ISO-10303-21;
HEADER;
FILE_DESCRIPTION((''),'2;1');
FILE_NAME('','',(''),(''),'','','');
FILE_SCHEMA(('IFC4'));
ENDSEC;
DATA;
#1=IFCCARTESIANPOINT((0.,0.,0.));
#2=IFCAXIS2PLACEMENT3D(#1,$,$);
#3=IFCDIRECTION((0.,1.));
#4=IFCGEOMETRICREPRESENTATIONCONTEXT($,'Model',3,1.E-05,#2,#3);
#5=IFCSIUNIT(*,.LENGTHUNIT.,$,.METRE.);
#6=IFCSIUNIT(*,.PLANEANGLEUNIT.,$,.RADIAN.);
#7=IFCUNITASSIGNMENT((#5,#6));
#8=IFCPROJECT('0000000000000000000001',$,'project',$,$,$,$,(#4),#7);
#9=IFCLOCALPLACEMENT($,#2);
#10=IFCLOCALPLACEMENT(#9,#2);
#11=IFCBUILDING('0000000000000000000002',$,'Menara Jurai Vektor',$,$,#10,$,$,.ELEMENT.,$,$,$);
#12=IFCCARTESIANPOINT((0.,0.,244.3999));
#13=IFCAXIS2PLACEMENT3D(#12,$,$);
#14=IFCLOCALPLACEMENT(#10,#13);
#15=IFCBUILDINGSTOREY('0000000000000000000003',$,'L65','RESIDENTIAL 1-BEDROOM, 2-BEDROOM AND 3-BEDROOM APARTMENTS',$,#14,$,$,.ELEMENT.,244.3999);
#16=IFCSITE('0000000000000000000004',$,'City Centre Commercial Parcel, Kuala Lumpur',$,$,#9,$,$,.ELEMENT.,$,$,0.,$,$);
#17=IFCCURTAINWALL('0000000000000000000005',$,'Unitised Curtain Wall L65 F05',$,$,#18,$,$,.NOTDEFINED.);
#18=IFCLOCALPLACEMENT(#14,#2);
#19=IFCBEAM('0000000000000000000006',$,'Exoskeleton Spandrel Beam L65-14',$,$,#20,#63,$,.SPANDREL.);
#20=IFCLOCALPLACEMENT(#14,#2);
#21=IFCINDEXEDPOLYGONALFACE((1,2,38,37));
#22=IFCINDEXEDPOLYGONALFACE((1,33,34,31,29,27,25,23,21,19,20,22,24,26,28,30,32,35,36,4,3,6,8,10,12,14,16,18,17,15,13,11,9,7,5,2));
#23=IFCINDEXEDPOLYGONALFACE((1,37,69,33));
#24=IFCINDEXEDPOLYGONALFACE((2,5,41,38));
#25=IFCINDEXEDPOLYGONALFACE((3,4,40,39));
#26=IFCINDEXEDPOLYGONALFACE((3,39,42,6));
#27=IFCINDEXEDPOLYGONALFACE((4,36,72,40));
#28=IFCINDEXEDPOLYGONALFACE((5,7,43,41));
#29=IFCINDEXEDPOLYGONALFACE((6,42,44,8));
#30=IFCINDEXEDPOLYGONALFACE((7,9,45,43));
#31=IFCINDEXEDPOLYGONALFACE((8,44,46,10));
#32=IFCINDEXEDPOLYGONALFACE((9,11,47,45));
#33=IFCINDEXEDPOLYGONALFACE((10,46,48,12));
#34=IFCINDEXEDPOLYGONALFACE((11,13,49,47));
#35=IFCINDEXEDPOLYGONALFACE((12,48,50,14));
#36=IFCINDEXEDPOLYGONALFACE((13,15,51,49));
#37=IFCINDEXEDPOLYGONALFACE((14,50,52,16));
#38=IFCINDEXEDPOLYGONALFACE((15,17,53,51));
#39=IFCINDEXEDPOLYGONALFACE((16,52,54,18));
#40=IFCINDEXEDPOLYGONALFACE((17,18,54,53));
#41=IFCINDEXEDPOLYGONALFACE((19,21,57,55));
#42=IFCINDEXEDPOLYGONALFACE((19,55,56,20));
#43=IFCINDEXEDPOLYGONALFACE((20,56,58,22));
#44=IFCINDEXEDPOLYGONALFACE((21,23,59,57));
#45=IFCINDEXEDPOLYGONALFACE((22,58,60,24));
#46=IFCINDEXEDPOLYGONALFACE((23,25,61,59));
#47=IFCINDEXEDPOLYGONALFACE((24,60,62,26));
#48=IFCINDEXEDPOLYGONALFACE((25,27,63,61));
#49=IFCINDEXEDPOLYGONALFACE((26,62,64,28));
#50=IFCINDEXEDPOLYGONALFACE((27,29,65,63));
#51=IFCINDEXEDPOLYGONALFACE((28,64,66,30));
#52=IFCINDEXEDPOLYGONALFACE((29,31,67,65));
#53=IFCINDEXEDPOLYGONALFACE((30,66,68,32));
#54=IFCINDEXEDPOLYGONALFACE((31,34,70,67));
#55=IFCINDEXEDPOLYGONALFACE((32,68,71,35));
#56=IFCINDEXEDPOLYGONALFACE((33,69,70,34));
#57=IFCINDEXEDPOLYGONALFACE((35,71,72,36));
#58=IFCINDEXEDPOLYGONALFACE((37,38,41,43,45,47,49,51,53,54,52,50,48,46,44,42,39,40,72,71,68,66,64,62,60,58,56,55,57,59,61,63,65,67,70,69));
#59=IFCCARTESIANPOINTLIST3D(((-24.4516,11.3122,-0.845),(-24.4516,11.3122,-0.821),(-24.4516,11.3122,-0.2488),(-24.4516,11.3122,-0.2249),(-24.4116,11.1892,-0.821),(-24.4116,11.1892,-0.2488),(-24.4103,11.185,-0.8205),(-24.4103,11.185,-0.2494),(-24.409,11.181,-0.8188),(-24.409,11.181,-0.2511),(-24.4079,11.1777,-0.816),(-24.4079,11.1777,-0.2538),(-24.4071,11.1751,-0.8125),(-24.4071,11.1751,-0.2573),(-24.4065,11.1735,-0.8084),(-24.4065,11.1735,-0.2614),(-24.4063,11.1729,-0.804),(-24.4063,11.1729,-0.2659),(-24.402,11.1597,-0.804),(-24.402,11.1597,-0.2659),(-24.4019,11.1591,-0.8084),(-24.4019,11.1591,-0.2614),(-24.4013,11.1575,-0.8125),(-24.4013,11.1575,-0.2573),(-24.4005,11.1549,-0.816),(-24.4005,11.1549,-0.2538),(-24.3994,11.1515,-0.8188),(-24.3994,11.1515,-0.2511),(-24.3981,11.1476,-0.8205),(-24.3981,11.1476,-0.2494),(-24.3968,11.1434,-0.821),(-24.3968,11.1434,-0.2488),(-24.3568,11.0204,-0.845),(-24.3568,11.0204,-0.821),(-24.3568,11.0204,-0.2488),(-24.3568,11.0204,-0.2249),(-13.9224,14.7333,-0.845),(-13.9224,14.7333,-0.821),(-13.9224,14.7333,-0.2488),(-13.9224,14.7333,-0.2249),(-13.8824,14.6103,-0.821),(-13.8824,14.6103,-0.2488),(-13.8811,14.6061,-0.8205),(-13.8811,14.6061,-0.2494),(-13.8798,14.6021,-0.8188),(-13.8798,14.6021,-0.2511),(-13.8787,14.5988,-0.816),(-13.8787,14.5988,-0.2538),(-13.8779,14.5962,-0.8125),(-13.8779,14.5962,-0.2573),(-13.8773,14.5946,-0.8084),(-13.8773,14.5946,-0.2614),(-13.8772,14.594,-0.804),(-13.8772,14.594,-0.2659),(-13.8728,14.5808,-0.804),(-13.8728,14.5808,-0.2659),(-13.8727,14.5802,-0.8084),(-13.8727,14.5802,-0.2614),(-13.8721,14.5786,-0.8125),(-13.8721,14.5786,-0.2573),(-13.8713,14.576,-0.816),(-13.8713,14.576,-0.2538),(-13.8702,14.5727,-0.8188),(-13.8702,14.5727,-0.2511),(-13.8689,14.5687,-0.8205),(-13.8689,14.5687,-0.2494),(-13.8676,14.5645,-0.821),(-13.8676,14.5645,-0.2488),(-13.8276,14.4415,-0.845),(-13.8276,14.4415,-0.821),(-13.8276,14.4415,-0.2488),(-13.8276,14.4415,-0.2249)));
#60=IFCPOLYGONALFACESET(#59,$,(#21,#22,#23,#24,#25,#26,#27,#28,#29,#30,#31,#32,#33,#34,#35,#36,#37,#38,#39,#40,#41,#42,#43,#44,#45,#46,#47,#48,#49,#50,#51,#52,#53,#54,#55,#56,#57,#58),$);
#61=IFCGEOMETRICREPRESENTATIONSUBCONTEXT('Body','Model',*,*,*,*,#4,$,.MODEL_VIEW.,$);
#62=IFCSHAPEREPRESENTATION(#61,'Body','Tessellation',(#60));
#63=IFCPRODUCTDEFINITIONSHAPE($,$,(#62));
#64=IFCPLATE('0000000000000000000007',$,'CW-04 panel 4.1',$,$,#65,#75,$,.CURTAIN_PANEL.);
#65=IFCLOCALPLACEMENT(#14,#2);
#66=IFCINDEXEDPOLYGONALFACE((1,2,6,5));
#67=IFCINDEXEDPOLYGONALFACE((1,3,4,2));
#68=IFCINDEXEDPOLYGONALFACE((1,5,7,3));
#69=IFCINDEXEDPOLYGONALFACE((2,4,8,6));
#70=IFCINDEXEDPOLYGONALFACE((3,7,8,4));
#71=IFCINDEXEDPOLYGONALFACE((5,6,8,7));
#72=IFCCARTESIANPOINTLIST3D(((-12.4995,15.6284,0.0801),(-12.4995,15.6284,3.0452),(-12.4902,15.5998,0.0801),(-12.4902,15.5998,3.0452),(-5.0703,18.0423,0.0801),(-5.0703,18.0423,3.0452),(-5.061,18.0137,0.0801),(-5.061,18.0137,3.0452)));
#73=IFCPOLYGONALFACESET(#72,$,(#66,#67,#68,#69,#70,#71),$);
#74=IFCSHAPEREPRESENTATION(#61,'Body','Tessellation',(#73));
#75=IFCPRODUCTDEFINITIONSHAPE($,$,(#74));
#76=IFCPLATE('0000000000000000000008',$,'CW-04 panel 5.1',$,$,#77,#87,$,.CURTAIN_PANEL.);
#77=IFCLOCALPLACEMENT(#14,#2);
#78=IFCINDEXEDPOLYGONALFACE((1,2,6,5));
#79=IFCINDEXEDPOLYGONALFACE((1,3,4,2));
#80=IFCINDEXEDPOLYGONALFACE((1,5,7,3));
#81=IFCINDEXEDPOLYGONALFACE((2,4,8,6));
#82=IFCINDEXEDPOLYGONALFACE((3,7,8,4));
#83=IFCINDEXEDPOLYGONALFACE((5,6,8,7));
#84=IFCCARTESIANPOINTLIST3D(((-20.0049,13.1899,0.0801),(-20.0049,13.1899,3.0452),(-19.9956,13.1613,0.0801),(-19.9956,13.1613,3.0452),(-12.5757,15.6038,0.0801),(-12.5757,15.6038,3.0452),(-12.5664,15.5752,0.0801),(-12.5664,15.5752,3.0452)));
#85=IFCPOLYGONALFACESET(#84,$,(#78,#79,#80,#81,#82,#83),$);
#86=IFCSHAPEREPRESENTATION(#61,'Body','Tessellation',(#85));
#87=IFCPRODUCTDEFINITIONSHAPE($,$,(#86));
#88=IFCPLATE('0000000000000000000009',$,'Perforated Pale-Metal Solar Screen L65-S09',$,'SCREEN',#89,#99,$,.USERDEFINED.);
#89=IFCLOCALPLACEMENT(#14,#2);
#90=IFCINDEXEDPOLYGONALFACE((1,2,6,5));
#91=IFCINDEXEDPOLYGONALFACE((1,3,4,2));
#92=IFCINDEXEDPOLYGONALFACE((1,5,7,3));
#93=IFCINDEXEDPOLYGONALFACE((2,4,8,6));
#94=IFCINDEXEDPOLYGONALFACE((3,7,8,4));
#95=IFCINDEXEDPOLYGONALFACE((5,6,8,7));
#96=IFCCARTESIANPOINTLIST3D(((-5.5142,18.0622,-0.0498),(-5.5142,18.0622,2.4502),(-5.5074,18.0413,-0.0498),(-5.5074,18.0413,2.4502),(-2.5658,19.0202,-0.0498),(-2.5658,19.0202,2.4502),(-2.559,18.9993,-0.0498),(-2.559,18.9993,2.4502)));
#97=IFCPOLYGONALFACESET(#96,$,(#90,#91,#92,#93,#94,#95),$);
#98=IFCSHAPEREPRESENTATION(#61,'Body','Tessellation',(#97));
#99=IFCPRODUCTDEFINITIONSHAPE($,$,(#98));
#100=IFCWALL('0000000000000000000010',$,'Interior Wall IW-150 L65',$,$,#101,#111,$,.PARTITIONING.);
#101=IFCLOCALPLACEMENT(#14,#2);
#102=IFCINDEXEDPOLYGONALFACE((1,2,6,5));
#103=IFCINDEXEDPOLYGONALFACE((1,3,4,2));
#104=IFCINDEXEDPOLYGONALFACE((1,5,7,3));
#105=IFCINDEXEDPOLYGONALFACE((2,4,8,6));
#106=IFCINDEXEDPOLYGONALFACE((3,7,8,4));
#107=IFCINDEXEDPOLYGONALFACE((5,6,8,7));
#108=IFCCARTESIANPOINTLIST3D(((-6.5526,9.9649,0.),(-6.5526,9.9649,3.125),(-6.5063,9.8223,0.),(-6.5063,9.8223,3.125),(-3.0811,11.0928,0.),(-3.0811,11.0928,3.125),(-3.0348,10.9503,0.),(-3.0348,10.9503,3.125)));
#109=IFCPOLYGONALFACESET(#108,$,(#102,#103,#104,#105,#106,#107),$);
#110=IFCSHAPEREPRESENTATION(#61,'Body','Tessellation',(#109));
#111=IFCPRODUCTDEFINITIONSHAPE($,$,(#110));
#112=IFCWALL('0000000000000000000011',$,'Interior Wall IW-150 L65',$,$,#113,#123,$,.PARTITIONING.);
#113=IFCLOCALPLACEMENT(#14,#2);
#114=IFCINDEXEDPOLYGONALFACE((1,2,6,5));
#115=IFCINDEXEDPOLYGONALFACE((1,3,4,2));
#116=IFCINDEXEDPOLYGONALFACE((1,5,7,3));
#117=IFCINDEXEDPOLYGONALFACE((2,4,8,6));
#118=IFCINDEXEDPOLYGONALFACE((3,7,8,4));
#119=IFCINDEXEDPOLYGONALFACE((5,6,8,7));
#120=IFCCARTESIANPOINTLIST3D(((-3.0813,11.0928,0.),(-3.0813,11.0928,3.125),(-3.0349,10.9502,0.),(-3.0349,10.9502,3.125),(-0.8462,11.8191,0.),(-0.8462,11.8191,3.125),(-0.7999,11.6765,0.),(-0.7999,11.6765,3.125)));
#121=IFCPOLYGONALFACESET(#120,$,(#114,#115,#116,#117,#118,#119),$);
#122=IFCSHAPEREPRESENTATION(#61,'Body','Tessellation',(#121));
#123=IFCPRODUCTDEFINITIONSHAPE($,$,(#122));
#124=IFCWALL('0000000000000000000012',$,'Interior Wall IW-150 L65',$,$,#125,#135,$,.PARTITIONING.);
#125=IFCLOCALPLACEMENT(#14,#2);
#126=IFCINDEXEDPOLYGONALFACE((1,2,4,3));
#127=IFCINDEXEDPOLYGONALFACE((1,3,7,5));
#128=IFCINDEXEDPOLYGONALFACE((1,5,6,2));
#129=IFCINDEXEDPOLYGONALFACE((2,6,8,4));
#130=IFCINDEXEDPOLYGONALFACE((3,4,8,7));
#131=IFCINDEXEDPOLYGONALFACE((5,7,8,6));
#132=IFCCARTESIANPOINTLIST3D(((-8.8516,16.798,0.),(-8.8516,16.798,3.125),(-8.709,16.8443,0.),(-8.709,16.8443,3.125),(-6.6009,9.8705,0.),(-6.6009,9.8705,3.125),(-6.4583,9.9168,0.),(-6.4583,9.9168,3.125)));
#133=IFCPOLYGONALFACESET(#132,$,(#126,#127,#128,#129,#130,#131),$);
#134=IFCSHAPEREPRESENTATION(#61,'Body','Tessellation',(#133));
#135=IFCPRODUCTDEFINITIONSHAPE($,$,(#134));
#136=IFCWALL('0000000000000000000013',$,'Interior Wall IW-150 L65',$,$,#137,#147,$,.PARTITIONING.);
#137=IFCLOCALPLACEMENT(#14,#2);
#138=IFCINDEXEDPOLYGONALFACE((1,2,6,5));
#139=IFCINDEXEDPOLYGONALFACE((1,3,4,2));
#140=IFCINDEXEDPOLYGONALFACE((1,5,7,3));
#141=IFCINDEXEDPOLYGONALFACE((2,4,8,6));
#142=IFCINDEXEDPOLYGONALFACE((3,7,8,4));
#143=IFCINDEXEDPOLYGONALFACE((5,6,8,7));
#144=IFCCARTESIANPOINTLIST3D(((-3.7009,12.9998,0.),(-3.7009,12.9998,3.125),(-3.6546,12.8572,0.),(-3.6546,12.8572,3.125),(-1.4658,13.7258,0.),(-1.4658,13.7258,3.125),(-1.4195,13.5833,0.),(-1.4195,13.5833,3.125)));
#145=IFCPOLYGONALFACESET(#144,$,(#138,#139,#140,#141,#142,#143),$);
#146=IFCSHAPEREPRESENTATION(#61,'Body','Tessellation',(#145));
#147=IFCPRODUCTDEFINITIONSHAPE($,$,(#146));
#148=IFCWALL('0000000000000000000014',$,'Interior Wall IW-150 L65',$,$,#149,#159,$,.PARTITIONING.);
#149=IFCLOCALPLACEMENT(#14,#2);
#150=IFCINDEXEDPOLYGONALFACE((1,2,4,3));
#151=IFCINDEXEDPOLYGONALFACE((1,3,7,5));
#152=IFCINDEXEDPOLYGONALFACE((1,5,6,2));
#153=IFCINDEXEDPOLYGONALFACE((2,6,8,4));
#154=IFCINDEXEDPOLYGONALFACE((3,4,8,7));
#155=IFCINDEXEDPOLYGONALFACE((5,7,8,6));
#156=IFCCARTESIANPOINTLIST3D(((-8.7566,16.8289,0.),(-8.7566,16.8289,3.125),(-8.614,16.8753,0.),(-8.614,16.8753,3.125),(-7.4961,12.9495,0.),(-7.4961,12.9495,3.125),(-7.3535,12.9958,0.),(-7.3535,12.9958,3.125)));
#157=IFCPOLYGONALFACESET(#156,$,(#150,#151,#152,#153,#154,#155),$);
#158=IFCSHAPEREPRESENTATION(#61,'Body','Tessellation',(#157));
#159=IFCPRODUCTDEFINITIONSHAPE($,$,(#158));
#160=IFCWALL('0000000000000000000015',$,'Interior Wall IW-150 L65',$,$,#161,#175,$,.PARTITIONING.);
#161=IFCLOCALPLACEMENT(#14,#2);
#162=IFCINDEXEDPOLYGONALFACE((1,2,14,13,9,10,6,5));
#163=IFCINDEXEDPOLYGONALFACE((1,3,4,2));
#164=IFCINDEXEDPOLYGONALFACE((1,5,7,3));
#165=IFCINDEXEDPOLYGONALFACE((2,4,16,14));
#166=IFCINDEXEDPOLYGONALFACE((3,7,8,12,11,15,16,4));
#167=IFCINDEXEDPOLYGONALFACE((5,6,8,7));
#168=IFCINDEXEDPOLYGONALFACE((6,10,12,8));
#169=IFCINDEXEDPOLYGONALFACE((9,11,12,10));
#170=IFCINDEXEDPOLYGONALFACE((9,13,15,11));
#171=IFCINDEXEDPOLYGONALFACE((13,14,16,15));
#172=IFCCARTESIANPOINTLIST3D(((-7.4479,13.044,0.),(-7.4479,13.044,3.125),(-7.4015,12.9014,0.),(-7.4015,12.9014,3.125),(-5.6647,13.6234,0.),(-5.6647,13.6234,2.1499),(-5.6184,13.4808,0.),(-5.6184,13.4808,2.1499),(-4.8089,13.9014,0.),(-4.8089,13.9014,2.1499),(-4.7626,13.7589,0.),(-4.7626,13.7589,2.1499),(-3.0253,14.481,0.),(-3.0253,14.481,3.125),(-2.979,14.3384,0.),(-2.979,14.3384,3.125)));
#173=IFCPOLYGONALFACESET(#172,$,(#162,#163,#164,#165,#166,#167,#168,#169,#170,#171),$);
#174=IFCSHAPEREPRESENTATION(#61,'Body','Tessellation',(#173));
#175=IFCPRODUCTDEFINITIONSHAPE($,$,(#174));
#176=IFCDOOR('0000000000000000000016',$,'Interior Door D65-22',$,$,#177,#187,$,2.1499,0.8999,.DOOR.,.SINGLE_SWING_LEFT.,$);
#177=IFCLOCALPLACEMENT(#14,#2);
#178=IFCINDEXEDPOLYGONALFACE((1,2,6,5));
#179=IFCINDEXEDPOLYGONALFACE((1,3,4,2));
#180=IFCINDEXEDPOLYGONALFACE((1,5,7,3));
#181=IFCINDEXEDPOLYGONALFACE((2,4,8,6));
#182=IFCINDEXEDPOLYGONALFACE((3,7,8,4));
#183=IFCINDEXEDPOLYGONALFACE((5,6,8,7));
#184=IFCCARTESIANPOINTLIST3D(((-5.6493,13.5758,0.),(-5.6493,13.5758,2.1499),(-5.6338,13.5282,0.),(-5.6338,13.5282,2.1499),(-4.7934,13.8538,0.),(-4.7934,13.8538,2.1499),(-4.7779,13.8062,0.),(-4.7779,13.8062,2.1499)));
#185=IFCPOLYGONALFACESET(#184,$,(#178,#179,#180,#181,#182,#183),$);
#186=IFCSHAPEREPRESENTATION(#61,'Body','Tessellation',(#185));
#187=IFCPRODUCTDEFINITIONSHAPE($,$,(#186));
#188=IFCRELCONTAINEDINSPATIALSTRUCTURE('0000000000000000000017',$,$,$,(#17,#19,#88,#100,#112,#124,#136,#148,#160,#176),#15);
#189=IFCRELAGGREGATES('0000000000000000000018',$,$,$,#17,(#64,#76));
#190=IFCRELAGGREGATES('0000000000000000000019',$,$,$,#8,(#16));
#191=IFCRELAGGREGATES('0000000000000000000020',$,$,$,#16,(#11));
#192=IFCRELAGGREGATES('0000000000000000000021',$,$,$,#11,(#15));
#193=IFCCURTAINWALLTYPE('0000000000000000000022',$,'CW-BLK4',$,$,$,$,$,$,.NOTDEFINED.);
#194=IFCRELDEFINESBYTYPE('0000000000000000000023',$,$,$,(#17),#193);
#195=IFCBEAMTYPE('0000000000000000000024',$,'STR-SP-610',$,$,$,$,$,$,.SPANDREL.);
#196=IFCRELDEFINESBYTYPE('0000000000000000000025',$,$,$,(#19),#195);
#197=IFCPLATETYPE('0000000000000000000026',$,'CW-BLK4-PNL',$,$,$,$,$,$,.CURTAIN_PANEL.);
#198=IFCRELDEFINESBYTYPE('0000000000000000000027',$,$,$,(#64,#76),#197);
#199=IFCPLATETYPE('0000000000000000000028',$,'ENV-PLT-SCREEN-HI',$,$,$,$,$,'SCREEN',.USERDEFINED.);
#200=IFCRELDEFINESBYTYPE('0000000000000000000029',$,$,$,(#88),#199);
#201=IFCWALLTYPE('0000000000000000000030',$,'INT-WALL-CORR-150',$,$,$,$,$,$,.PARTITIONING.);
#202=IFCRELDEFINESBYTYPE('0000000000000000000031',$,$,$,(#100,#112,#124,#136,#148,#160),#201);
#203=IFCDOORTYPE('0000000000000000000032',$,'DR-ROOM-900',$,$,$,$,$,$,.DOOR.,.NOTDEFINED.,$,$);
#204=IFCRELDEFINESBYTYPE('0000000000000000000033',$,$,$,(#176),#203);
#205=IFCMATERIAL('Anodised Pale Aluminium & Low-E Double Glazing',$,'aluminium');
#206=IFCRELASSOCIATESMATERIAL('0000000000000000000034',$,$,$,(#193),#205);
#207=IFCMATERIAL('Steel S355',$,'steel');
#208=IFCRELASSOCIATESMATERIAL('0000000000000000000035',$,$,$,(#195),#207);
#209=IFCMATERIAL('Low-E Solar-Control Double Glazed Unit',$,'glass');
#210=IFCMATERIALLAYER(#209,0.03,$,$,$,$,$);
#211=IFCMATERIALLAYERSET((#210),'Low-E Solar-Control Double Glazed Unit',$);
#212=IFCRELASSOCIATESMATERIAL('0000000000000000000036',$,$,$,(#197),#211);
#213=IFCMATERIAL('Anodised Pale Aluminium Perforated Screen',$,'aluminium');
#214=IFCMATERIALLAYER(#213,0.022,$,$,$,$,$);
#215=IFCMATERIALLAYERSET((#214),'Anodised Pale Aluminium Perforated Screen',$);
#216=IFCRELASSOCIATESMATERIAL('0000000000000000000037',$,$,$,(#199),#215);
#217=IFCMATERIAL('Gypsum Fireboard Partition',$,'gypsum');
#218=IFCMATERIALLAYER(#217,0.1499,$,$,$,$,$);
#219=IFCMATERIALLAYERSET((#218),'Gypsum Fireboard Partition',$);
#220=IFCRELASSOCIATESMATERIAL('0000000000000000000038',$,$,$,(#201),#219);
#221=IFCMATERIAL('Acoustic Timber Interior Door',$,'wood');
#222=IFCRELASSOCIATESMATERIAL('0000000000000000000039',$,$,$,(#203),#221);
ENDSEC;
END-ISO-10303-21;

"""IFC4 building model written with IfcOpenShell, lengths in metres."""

from ifc_helpers import new_model, si_unit, direction, frame, frame_2d, origin, origin_2d, place, context, subcontext, project, spatial, rectangle, i_section, extrude, material, layer, layer_set, material_profile, profile_set, type_object, element, fill, aggregate, save


model = new_model("IFC4")

# Units and contexts
model_context = context("Model", 3, precision=1e-05, world=origin(), true_north=direction((0.0, 1.0)))
body_context = subcontext(model_context, "Body", "Model", "MODEL_VIEW")
ifc_project = project(units=[si_unit("LENGTHUNIT", "METRE"), si_unit("PLANEANGLEUNIT", "RADIAN")], contexts=[model_context])

# Site, building, storey
site_placement = place(None, origin())
site = spatial("IfcSite", under=ifc_project, at=site_placement, Name="City Centre Commercial Parcel, Kuala Lumpur", CompositionType="ELEMENT", RefElevation=0.0)
building_placement = place(site_placement, origin())
building = spatial("IfcBuilding", under=site, at=building_placement, Name="Menara Jurai Vektor", CompositionType="ELEMENT")
storey_placement = place(building_placement, frame((0.0, 0.0, 244.3999)))
storey = spatial("IfcBuildingStorey", under=building, at=storey_placement, Name="L65", Description="RESIDENTIAL 1-BEDROOM, 2-BEDROOM AND 3-BEDROOM APARTMENTS", CompositionType="ELEMENT", Elevation=244.3999)

# Curtain wall
ifc_material_1 = material(Name="Anodised Pale Aluminium & Low-E Double Glazing", Category="aluminium")
curtain_wall_type = type_object("IfcCurtainWallType", Name="CW-BLK4", PredefinedType="NOTDEFINED", material=ifc_material_1)
curtain_wall_placement = place(storey_placement, origin())
curtain_wall = element("IfcCurtainWall", 1, at=curtain_wall_placement, inside=storey, type_object=curtain_wall_type, Name="Unitised Curtain Wall L65 F05", PredefinedType="NOTDEFINED")

# Beam
ifc_material_2 = material(Name="Steel S355", Category="steel")
ifc_material_profile_1 = material_profile(ifc_material_2, i_section(OverallWidth=0.3069, OverallDepth=0.6201, WebThickness=0.0139, FlangeThickness=0.0239, FilletRadius=0.0171, at=origin_2d()), Name="UKB 610x305x179")
ifc_profile_set_1 = profile_set([ifc_material_profile_1], Name="Steel S355")
beam_type_1 = type_object("IfcBeamType", Name="STR-SP-610", PredefinedType="SPANDREL", material=ifc_profile_set_1)
for number, where, z_axis, x_axis, name in (
    (2, (-13.875, 14.5874, -0.5349), (-0.951057, -0.309014, 0.0), (0.309014, -0.951057, 0.0), "Exoskeleton Spandrel Beam L65-14"),
):
    element("IfcBeam", number, at=place(storey_placement, frame(where, z_axis=z_axis, x_axis=x_axis)), inside=storey, type_object=beam_type_1, Name=name, PredefinedType="SPANDREL", context=body_context, shape_type="SweptSolid", body=[
        extrude(i_section(OverallWidth=0.3069, OverallDepth=0.6201, WebThickness=0.0139, FlangeThickness=0.0239, FilletRadius=0.0171, at=origin_2d()), origin(), (0.0, 0.0, 1.0), 11.071),
    ])

# Plates
ifc_material_3 = material(Name="Low-E Solar-Control Double Glazed Unit", Category="glass")
ifc_layer_1 = layer(ifc_material_3, 0.03)
ifc_layer_set_1 = layer_set([ifc_layer_1], Name="Low-E Solar-Control Double Glazed Unit")
plate_type_1 = type_object("IfcPlateType", Name="CW-BLK4-PNL", PredefinedType="CURTAIN_PANEL", material=ifc_layer_set_1)
plate_1_placement = place(storey_placement, frame((-8.7803, 16.821, 0.0801), z_axis=(0.0, 0.0, 1.0), x_axis=(-0.951056, -0.309017, 0.0)))
plate_1 = element("IfcPlate", 3, at=plate_1_placement, type_object=plate_type_1, Name="CW-04 panel 4.1", PredefinedType="CURTAIN_PANEL", context=body_context, shape_type="SweptSolid", body=[
    extrude(rectangle(XDim=7.8115, YDim=0.03, at=origin_2d()), origin(), (0.0, 0.0, 1.0), 2.9651),
])
plate_2_placement = place(storey_placement, frame((-16.2856, 14.3826, 0.0801), z_axis=(0.0, 0.0, 1.0), x_axis=(-0.951056, -0.309017, 0.0)))
plate_2 = element("IfcPlate", 4, at=plate_2_placement, type_object=plate_type_1, Name="CW-04 panel 5.1", PredefinedType="CURTAIN_PANEL", context=body_context, shape_type="SweptSolid", body=[
    extrude(rectangle(XDim=7.8115, YDim=0.03, at=origin_2d()), origin(), (0.0, 0.0, 1.0), 2.9651),
])
aggregate(curtain_wall, [plate_1, plate_2])
ifc_material_4 = material(Name="Anodised Pale Aluminium Perforated Screen", Category="aluminium")
ifc_layer_2 = layer(ifc_material_4, 0.022)
ifc_layer_set_2 = layer_set([ifc_layer_2], Name="Anodised Pale Aluminium Perforated Screen")
plate_type_2 = type_object("IfcPlateType", Name="ENV-PLT-SCREEN-HI", ElementType="SCREEN", PredefinedType="USERDEFINED", material=ifc_layer_set_2)
plate_3_placement = place(storey_placement, frame((-4.0366, 18.5308, -0.0498), z_axis=(0.0, 0.0, 1.0), x_axis=(-0.951057, -0.309017, 0.0)))
element("IfcPlate", 5, at=plate_3_placement, inside=storey, type_object=plate_type_2, Name="Perforated Pale-Metal Solar Screen L65-S09", ObjectType="SCREEN", PredefinedType="USERDEFINED", context=body_context, shape_type="SweptSolid", body=[
    extrude(rectangle(XDim=3.1001, YDim=0.022, at=origin_2d()), origin(), (0.0, 0.0, 1.0), 2.5),
])

# Walls
ifc_material_5 = material(Name="Gypsum Fireboard Partition", Category="gypsum")
ifc_layer_3 = layer(ifc_material_5, 0.1499)
ifc_layer_set_3 = layer_set([ifc_layer_3], Name="Gypsum Fireboard Partition")
wall_type_1 = type_object("IfcWallType", Name="INT-WALL-CORR-150", PredefinedType="PARTITIONING", material=ifc_layer_set_3)
wall_1_placement = place(storey_placement, frame((-6.5295, 9.8936, 0.0), z_axis=(0.0, 0.0, 1.0), x_axis=(0.951057, 0.309015, 0.0)))
element("IfcWall", 6, at=wall_1_placement, inside=storey, type_object=wall_type_1, Name="Interior Wall IW-150 L65", PredefinedType="PARTITIONING", context=body_context, shape_type="SweptSolid", body=[
    extrude(rectangle(XDim=3.6501, YDim=0.1499, at=frame_2d((1.8252, 0.0))), origin(), (0.0, 0.0, 1.0), 3.125),
])
wall_2_placement = place(storey_placement, frame((-3.0581, 11.0215, 0.0), z_axis=(0.0, 0.0, 1.0), x_axis=(0.951046, 0.309051, 0.0)))
element("IfcWall", 7, at=wall_2_placement, inside=storey, type_object=wall_type_1, Name="Interior Wall IW-150 L65", PredefinedType="PARTITIONING", context=body_context, shape_type="SweptSolid", body=[
    extrude(rectangle(XDim=2.3501, YDim=0.1499, at=frame_2d((1.175, 0.0))), origin(), (0.0, 0.0, 1.0), 3.125),
])

# Shared definitions
ifc_material_6 = material(Name="Acoustic Timber Interior Door", Category="wood")
door_type_1 = type_object("IfcDoorType", Name="DR-ROOM-900", OperationType="NOTDEFINED", PredefinedType="DOOR", material=ifc_material_6)

# Wall
wall_3_placement = place(storey_placement, frame((-6.5295, 9.8936, 0.0), z_axis=(0.0, 0.0, 1.0), x_axis=(-0.308999, 0.951062, 0.0)))
element("IfcWall", 8, at=wall_3_placement, inside=storey, type_object=wall_type_1, Name="Interior Wall IW-150 L65", PredefinedType="PARTITIONING", context=body_context, shape_type="SweptSolid", body=[
    extrude(rectangle(XDim=7.2839, YDim=0.1499, at=frame_2d((3.6421, 0.0))), origin(), (0.0, 0.0, 1.0), 3.125),
])

# Walls
wall_4_placement = place(storey_placement, frame((-3.6777, 12.9285, 0.0), z_axis=(0.0, 0.0, 1.0), x_axis=(0.951076, 0.308957, 0.0)))
element("IfcWall", 9, at=wall_4_placement, inside=storey, type_object=wall_type_1, Name="Interior Wall IW-150 L65", PredefinedType="PARTITIONING", context=body_context, shape_type="SweptSolid", body=[
    extrude(rectangle(XDim=2.3501, YDim=0.1499, at=frame_2d((1.175, 0.0))), origin(), (0.0, 0.0, 1.0), 3.125),
])
wall_5_placement = place(storey_placement, frame((-7.4248, 12.9727, 0.0), z_axis=(0.0, 0.0, 1.0), x_axis=(-0.309018, 0.951056, 0.0)))
element("IfcWall", 10, at=wall_5_placement, inside=storey, type_object=wall_type_1, Name="Interior Wall IW-150 L65", PredefinedType="PARTITIONING", context=body_context, shape_type="SweptSolid", body=[
    extrude(rectangle(XDim=4.0791, YDim=0.1499, at=frame_2d((2.0396, 0.0))), origin(), (0.0, 0.0, 1.0), 3.125),
])

# Wall, opening, door
wall_6_placement = place(storey_placement, frame((-7.4248, 12.9727, 0.0), z_axis=(0.0, 0.0, 1.0), x_axis=(0.951055, 0.309021, 0.0)))
wall_6 = element("IfcWall", 11, at=wall_6_placement, inside=storey, type_object=wall_type_1, Name="Interior Wall IW-150 L65", PredefinedType="PARTITIONING", context=body_context, shape_type="SweptSolid", body=[
    extrude(rectangle(XDim=4.6501, YDim=0.1499, at=frame_2d((2.3252, 0.0))), origin(), (0.0, 0.0, 1.0), 3.125),
])
opening_1_placement = place(wall_6_placement, frame((1.875, 0.0, 0.0)))
opening_1 = element("IfcOpeningElement", 12, at=opening_1_placement, cuts=wall_6, PredefinedType="OPENING", context=body_context, shape_type="SweptSolid", body=[
    extrude(rectangle(XDim=0.8999, YDim=2.1499, at=frame_2d((0.45, 1.075))), frame((0.0, 0.085, 0.0), z_axis=(0.0, -1.0, 0.0), x_axis=(1.0, 0.0, 0.0)), (0.0, 0.0, 1.0), 0.1699),
])
door_1_placement = place(opening_1_placement, origin())
door_1 = element("IfcDoor", 13, at=door_1_placement, inside=storey, type_object=door_type_1, Name="Interior Door D65-22", OperationType="SINGLE_SWING_LEFT", OverallHeight=2.1499, OverallWidth=0.8999, PredefinedType="DOOR", context=body_context, shape_type="SweptSolid", body=[
    extrude(rectangle(XDim=0.8999, YDim=2.1499, at=frame_2d((0.45, 1.075))), frame((0.0, 0.0249, 0.0), z_axis=(0.0, -1.0, 0.0), x_axis=(1.0, 0.0, 0.0)), (0.0, 0.0, 1.0), 0.05),
])
fill(opening_1, door_1)

save(model, "model.ifc")
